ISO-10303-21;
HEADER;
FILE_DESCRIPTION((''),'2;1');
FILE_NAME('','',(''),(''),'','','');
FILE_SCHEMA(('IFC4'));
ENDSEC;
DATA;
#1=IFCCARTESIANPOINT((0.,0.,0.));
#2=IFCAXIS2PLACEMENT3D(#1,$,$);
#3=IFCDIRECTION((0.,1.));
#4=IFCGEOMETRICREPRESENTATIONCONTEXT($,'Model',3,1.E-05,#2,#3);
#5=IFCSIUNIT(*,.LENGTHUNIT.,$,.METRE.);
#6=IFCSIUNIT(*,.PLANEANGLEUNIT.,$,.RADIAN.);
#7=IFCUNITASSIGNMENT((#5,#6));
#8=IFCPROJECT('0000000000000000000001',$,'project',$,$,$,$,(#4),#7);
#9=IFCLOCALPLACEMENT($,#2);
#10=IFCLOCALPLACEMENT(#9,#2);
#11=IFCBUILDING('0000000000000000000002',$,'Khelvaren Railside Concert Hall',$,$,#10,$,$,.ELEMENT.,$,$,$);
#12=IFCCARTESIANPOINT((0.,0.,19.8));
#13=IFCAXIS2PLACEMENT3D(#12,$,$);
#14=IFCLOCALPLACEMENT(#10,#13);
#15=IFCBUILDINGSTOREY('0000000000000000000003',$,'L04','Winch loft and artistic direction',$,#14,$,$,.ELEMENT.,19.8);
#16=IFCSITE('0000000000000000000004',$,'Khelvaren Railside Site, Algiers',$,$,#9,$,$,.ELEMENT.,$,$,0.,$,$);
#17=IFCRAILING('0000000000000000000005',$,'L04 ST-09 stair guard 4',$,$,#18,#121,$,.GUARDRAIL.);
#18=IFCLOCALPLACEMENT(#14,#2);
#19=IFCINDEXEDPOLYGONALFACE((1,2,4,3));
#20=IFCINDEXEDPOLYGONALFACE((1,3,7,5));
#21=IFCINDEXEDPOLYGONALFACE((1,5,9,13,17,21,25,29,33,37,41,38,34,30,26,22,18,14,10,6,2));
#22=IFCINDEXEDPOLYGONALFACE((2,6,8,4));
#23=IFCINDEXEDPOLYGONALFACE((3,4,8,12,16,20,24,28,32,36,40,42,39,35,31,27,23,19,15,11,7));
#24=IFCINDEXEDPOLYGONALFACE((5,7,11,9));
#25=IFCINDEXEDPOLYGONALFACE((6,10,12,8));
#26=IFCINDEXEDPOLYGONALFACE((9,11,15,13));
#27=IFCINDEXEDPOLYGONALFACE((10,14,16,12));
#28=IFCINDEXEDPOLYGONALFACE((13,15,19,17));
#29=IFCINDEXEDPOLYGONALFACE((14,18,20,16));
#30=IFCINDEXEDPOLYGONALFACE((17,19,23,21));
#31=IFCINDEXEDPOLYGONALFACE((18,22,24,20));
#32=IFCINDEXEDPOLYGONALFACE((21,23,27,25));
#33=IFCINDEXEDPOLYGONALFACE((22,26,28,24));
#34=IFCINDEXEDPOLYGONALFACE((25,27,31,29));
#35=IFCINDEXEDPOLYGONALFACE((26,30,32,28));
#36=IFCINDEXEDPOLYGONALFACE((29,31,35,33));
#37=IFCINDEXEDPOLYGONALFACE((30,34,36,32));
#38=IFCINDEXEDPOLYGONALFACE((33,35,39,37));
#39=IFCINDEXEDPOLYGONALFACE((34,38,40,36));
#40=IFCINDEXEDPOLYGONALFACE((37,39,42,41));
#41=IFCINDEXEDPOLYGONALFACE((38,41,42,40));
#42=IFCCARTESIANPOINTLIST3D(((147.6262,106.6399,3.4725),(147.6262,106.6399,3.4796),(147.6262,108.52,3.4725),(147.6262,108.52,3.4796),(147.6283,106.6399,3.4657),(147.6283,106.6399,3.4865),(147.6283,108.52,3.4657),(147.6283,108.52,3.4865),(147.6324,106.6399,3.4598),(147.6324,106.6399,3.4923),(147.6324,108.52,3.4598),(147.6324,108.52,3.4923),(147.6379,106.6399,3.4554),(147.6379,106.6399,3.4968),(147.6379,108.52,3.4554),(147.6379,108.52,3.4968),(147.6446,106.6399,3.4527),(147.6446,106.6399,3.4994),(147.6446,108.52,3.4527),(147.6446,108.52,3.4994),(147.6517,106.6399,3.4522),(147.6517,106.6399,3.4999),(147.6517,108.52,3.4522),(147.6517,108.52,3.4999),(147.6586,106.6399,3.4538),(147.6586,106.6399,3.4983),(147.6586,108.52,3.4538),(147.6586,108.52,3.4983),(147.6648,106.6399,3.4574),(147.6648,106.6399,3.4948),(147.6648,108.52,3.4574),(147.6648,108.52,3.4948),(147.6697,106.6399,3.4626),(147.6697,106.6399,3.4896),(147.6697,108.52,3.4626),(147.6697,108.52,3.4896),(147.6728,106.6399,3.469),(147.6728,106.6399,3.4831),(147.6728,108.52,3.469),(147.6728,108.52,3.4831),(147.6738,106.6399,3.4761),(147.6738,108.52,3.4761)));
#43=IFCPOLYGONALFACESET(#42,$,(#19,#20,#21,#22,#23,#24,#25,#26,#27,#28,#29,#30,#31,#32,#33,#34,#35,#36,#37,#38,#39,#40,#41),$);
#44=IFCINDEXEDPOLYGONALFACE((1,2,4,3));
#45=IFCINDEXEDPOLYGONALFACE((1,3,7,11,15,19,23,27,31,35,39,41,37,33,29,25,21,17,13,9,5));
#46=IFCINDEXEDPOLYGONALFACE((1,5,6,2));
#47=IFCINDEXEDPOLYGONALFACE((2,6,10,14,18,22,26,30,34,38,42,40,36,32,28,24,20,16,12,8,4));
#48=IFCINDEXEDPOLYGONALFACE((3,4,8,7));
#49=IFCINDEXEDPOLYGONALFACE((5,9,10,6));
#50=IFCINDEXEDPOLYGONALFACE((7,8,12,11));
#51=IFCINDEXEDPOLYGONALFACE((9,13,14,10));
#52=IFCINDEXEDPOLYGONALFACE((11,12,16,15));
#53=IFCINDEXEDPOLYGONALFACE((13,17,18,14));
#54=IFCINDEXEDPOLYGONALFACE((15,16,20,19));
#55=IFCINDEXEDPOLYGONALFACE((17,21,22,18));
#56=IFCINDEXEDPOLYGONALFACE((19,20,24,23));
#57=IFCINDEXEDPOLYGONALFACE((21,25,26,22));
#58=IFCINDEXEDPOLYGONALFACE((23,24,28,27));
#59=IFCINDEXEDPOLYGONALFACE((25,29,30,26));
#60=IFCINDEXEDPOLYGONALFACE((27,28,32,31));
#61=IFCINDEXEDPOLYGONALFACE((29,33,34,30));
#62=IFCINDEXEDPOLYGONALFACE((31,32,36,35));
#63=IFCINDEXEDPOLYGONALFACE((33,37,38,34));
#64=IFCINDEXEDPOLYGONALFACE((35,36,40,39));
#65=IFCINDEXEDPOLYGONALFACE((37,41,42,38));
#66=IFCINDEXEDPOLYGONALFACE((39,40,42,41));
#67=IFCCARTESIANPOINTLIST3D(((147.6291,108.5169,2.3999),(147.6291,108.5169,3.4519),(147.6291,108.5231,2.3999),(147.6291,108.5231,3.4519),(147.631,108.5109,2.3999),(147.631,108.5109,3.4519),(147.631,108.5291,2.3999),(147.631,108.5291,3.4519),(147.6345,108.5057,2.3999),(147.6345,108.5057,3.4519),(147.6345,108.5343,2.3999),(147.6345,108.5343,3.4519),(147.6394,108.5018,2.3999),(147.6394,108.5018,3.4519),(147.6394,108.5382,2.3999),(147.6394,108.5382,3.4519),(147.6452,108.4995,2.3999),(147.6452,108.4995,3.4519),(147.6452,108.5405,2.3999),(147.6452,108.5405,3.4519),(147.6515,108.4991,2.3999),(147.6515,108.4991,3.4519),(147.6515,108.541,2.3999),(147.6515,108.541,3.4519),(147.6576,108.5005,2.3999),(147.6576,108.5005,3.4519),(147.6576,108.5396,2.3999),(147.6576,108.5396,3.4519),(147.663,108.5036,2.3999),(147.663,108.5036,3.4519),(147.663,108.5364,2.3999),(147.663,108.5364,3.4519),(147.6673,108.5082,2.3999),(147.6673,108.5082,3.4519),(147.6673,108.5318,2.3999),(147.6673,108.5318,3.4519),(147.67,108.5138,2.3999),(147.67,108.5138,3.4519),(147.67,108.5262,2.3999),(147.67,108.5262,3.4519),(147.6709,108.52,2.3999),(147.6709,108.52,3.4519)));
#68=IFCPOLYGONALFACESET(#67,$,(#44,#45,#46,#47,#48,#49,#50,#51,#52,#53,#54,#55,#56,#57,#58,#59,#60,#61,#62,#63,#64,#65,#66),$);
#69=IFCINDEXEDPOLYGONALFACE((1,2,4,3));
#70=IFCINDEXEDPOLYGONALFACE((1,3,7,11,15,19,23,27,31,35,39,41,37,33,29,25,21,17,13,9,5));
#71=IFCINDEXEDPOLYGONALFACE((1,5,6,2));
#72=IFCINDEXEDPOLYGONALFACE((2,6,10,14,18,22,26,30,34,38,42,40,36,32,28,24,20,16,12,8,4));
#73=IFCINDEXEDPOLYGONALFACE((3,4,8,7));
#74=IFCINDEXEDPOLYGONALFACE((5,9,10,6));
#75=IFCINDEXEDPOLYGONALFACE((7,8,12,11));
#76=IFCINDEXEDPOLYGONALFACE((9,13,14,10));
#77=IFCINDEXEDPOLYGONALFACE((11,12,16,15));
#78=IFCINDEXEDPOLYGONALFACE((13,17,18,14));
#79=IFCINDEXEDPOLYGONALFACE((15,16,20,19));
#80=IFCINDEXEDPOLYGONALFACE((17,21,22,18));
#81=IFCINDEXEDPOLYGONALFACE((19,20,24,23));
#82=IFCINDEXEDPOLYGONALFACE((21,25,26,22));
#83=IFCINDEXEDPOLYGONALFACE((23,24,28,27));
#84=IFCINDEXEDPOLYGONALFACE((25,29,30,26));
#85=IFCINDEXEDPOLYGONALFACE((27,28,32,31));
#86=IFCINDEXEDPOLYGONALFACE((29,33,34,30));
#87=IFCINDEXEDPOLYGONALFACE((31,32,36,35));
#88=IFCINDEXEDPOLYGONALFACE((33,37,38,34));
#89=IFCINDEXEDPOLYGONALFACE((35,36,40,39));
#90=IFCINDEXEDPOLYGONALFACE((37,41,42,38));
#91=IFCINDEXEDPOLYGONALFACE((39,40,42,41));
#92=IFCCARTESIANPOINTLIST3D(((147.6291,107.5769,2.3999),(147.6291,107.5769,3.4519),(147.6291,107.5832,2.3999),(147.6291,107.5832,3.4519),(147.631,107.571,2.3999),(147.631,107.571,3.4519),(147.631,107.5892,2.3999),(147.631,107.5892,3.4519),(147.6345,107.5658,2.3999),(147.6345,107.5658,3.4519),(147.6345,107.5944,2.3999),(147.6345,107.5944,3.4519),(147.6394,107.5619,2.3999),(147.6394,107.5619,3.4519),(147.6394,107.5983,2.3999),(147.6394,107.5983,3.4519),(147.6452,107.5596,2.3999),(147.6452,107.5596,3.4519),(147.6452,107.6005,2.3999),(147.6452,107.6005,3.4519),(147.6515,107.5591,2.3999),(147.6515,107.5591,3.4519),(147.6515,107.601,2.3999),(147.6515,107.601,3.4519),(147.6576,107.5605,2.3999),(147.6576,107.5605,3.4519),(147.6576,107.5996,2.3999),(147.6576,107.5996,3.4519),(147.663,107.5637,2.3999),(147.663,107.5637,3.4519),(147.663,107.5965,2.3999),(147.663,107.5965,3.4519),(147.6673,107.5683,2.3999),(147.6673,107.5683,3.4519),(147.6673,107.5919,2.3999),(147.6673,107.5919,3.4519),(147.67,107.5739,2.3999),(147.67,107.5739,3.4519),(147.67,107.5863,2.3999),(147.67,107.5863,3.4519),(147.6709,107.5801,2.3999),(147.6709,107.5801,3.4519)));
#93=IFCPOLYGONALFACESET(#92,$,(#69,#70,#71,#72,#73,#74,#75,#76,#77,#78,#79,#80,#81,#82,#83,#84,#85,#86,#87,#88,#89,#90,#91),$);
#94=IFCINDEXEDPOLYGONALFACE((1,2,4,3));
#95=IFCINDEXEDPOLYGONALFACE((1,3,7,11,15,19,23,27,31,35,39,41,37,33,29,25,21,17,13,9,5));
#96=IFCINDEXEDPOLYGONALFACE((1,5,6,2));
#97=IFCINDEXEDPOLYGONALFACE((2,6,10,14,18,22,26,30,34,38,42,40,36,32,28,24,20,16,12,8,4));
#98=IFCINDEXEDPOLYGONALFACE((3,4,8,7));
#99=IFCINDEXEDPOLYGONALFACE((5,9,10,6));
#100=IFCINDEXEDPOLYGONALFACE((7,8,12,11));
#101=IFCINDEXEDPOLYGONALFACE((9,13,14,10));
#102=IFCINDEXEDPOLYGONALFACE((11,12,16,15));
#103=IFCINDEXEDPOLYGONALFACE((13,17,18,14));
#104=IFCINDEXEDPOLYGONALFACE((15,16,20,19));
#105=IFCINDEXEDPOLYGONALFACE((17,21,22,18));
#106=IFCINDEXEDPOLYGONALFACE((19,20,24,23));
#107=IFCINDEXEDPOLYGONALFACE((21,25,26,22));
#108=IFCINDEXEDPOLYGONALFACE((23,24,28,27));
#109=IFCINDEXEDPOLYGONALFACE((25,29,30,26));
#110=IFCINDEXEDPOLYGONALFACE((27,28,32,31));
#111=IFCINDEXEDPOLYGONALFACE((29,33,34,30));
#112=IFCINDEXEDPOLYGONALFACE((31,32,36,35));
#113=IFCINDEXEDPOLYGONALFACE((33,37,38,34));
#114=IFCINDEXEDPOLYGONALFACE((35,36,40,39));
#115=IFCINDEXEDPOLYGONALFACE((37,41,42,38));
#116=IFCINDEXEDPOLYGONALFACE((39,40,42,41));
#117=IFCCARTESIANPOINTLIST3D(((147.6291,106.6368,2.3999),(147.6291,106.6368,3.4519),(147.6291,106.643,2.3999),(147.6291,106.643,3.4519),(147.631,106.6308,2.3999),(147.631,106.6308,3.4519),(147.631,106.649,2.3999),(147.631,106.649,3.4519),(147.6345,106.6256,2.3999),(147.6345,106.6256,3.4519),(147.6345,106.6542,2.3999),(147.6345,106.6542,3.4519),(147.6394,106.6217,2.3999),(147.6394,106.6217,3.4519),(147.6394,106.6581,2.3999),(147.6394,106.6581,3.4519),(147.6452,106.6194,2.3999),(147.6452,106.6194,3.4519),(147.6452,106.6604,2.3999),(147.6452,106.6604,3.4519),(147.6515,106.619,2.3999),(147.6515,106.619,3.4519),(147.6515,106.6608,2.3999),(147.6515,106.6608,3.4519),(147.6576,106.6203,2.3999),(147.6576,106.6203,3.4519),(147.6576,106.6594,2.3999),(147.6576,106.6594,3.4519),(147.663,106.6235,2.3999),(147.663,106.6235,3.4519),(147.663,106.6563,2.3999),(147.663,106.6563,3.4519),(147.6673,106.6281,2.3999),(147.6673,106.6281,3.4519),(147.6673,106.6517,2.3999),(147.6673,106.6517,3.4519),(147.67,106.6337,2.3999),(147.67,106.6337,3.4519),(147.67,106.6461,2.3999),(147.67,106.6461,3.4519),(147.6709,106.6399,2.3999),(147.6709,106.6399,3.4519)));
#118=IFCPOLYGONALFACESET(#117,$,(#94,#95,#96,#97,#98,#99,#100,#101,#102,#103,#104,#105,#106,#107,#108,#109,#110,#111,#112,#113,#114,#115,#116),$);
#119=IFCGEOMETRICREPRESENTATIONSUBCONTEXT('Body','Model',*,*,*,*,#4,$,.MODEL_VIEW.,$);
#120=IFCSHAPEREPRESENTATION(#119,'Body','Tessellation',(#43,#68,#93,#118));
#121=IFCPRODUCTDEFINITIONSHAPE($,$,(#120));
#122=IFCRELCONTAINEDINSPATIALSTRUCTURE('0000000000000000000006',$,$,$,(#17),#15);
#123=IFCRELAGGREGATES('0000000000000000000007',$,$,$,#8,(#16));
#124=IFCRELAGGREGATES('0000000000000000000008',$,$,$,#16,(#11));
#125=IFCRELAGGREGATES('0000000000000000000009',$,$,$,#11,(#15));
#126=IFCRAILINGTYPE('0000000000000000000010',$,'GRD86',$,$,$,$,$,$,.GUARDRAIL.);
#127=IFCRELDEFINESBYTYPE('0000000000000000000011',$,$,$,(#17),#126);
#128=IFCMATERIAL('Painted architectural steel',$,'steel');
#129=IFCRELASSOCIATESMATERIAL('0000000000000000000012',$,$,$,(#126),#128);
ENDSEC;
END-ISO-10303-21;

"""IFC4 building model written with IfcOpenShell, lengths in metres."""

from ifc_helpers import new_model, si_unit, direction, frame, origin, origin_2d, place, context, subcontext, project, spatial, circle, extrude, material, type_object, element, save


model = new_model("IFC4")

# Units and contexts
model_context = context("Model", 3, precision=1e-05, world=origin(), true_north=direction((0.0, 1.0)))
body_context = subcontext(model_context, "Body", "Model", "MODEL_VIEW")
ifc_project = project(units=[si_unit("LENGTHUNIT", "METRE"), si_unit("PLANEANGLEUNIT", "RADIAN")], contexts=[model_context])

# Site, building, storey
site_placement = place(None, origin())
site = spatial("IfcSite", under=ifc_project, at=site_placement, Name="Khelvaren Railside Site, Algiers", CompositionType="ELEMENT", RefElevation=0.0)
building_placement = place(site_placement, origin())
building = spatial("IfcBuilding", under=site, at=building_placement, Name="Khelvaren Railside Concert Hall", CompositionType="ELEMENT")
storey_placement = place(building_placement, frame((0.0, 0.0, 19.8)))
storey = spatial("IfcBuildingStorey", under=building, at=storey_placement, Name="L04", Description="Winch loft and artistic direction", CompositionType="ELEMENT", Elevation=19.8)

# Railing
ifc_material_1 = material(Name="Painted architectural steel", Category="steel")
railing_type_1 = type_object("IfcRailingType", Name="GRD86", PredefinedType="GUARDRAIL", material=ifc_material_1)
for number, where, name in (
    (1, (147.6499, 108.52, 2.3999), "L04 ST-09 stair guard 4"),
):
    element("IfcRailing", number, at=place(storey_placement, frame(where)), inside=storey, type_object=railing_type_1, Name=name, PredefinedType="GUARDRAIL", context=body_context, shape_type="SweptSolid", body=[
        extrude(circle(Radius=0.0239, at=origin_2d()), frame((0.0, 0.0, 1.0762), z_axis=(0.0, -1.0, 0.0), x_axis=(1.0, 0.0, 0.0)), (0.0, 0.0, 1.0), 1.8801),
        extrude(circle(Radius=0.021, at=origin_2d()), origin(), (0.0, 0.0, 1.0), 1.052),
        extrude(circle(Radius=0.021, at=origin_2d()), frame((0.0, -0.9399, 0.0)), (0.0, 0.0, 1.0), 1.052),
        extrude(circle(Radius=0.021, at=origin_2d()), frame((0.0, -1.8801, 0.0)), (0.0, 0.0, 1.0), 1.052),
    ])

save(model, "model.ifc")
